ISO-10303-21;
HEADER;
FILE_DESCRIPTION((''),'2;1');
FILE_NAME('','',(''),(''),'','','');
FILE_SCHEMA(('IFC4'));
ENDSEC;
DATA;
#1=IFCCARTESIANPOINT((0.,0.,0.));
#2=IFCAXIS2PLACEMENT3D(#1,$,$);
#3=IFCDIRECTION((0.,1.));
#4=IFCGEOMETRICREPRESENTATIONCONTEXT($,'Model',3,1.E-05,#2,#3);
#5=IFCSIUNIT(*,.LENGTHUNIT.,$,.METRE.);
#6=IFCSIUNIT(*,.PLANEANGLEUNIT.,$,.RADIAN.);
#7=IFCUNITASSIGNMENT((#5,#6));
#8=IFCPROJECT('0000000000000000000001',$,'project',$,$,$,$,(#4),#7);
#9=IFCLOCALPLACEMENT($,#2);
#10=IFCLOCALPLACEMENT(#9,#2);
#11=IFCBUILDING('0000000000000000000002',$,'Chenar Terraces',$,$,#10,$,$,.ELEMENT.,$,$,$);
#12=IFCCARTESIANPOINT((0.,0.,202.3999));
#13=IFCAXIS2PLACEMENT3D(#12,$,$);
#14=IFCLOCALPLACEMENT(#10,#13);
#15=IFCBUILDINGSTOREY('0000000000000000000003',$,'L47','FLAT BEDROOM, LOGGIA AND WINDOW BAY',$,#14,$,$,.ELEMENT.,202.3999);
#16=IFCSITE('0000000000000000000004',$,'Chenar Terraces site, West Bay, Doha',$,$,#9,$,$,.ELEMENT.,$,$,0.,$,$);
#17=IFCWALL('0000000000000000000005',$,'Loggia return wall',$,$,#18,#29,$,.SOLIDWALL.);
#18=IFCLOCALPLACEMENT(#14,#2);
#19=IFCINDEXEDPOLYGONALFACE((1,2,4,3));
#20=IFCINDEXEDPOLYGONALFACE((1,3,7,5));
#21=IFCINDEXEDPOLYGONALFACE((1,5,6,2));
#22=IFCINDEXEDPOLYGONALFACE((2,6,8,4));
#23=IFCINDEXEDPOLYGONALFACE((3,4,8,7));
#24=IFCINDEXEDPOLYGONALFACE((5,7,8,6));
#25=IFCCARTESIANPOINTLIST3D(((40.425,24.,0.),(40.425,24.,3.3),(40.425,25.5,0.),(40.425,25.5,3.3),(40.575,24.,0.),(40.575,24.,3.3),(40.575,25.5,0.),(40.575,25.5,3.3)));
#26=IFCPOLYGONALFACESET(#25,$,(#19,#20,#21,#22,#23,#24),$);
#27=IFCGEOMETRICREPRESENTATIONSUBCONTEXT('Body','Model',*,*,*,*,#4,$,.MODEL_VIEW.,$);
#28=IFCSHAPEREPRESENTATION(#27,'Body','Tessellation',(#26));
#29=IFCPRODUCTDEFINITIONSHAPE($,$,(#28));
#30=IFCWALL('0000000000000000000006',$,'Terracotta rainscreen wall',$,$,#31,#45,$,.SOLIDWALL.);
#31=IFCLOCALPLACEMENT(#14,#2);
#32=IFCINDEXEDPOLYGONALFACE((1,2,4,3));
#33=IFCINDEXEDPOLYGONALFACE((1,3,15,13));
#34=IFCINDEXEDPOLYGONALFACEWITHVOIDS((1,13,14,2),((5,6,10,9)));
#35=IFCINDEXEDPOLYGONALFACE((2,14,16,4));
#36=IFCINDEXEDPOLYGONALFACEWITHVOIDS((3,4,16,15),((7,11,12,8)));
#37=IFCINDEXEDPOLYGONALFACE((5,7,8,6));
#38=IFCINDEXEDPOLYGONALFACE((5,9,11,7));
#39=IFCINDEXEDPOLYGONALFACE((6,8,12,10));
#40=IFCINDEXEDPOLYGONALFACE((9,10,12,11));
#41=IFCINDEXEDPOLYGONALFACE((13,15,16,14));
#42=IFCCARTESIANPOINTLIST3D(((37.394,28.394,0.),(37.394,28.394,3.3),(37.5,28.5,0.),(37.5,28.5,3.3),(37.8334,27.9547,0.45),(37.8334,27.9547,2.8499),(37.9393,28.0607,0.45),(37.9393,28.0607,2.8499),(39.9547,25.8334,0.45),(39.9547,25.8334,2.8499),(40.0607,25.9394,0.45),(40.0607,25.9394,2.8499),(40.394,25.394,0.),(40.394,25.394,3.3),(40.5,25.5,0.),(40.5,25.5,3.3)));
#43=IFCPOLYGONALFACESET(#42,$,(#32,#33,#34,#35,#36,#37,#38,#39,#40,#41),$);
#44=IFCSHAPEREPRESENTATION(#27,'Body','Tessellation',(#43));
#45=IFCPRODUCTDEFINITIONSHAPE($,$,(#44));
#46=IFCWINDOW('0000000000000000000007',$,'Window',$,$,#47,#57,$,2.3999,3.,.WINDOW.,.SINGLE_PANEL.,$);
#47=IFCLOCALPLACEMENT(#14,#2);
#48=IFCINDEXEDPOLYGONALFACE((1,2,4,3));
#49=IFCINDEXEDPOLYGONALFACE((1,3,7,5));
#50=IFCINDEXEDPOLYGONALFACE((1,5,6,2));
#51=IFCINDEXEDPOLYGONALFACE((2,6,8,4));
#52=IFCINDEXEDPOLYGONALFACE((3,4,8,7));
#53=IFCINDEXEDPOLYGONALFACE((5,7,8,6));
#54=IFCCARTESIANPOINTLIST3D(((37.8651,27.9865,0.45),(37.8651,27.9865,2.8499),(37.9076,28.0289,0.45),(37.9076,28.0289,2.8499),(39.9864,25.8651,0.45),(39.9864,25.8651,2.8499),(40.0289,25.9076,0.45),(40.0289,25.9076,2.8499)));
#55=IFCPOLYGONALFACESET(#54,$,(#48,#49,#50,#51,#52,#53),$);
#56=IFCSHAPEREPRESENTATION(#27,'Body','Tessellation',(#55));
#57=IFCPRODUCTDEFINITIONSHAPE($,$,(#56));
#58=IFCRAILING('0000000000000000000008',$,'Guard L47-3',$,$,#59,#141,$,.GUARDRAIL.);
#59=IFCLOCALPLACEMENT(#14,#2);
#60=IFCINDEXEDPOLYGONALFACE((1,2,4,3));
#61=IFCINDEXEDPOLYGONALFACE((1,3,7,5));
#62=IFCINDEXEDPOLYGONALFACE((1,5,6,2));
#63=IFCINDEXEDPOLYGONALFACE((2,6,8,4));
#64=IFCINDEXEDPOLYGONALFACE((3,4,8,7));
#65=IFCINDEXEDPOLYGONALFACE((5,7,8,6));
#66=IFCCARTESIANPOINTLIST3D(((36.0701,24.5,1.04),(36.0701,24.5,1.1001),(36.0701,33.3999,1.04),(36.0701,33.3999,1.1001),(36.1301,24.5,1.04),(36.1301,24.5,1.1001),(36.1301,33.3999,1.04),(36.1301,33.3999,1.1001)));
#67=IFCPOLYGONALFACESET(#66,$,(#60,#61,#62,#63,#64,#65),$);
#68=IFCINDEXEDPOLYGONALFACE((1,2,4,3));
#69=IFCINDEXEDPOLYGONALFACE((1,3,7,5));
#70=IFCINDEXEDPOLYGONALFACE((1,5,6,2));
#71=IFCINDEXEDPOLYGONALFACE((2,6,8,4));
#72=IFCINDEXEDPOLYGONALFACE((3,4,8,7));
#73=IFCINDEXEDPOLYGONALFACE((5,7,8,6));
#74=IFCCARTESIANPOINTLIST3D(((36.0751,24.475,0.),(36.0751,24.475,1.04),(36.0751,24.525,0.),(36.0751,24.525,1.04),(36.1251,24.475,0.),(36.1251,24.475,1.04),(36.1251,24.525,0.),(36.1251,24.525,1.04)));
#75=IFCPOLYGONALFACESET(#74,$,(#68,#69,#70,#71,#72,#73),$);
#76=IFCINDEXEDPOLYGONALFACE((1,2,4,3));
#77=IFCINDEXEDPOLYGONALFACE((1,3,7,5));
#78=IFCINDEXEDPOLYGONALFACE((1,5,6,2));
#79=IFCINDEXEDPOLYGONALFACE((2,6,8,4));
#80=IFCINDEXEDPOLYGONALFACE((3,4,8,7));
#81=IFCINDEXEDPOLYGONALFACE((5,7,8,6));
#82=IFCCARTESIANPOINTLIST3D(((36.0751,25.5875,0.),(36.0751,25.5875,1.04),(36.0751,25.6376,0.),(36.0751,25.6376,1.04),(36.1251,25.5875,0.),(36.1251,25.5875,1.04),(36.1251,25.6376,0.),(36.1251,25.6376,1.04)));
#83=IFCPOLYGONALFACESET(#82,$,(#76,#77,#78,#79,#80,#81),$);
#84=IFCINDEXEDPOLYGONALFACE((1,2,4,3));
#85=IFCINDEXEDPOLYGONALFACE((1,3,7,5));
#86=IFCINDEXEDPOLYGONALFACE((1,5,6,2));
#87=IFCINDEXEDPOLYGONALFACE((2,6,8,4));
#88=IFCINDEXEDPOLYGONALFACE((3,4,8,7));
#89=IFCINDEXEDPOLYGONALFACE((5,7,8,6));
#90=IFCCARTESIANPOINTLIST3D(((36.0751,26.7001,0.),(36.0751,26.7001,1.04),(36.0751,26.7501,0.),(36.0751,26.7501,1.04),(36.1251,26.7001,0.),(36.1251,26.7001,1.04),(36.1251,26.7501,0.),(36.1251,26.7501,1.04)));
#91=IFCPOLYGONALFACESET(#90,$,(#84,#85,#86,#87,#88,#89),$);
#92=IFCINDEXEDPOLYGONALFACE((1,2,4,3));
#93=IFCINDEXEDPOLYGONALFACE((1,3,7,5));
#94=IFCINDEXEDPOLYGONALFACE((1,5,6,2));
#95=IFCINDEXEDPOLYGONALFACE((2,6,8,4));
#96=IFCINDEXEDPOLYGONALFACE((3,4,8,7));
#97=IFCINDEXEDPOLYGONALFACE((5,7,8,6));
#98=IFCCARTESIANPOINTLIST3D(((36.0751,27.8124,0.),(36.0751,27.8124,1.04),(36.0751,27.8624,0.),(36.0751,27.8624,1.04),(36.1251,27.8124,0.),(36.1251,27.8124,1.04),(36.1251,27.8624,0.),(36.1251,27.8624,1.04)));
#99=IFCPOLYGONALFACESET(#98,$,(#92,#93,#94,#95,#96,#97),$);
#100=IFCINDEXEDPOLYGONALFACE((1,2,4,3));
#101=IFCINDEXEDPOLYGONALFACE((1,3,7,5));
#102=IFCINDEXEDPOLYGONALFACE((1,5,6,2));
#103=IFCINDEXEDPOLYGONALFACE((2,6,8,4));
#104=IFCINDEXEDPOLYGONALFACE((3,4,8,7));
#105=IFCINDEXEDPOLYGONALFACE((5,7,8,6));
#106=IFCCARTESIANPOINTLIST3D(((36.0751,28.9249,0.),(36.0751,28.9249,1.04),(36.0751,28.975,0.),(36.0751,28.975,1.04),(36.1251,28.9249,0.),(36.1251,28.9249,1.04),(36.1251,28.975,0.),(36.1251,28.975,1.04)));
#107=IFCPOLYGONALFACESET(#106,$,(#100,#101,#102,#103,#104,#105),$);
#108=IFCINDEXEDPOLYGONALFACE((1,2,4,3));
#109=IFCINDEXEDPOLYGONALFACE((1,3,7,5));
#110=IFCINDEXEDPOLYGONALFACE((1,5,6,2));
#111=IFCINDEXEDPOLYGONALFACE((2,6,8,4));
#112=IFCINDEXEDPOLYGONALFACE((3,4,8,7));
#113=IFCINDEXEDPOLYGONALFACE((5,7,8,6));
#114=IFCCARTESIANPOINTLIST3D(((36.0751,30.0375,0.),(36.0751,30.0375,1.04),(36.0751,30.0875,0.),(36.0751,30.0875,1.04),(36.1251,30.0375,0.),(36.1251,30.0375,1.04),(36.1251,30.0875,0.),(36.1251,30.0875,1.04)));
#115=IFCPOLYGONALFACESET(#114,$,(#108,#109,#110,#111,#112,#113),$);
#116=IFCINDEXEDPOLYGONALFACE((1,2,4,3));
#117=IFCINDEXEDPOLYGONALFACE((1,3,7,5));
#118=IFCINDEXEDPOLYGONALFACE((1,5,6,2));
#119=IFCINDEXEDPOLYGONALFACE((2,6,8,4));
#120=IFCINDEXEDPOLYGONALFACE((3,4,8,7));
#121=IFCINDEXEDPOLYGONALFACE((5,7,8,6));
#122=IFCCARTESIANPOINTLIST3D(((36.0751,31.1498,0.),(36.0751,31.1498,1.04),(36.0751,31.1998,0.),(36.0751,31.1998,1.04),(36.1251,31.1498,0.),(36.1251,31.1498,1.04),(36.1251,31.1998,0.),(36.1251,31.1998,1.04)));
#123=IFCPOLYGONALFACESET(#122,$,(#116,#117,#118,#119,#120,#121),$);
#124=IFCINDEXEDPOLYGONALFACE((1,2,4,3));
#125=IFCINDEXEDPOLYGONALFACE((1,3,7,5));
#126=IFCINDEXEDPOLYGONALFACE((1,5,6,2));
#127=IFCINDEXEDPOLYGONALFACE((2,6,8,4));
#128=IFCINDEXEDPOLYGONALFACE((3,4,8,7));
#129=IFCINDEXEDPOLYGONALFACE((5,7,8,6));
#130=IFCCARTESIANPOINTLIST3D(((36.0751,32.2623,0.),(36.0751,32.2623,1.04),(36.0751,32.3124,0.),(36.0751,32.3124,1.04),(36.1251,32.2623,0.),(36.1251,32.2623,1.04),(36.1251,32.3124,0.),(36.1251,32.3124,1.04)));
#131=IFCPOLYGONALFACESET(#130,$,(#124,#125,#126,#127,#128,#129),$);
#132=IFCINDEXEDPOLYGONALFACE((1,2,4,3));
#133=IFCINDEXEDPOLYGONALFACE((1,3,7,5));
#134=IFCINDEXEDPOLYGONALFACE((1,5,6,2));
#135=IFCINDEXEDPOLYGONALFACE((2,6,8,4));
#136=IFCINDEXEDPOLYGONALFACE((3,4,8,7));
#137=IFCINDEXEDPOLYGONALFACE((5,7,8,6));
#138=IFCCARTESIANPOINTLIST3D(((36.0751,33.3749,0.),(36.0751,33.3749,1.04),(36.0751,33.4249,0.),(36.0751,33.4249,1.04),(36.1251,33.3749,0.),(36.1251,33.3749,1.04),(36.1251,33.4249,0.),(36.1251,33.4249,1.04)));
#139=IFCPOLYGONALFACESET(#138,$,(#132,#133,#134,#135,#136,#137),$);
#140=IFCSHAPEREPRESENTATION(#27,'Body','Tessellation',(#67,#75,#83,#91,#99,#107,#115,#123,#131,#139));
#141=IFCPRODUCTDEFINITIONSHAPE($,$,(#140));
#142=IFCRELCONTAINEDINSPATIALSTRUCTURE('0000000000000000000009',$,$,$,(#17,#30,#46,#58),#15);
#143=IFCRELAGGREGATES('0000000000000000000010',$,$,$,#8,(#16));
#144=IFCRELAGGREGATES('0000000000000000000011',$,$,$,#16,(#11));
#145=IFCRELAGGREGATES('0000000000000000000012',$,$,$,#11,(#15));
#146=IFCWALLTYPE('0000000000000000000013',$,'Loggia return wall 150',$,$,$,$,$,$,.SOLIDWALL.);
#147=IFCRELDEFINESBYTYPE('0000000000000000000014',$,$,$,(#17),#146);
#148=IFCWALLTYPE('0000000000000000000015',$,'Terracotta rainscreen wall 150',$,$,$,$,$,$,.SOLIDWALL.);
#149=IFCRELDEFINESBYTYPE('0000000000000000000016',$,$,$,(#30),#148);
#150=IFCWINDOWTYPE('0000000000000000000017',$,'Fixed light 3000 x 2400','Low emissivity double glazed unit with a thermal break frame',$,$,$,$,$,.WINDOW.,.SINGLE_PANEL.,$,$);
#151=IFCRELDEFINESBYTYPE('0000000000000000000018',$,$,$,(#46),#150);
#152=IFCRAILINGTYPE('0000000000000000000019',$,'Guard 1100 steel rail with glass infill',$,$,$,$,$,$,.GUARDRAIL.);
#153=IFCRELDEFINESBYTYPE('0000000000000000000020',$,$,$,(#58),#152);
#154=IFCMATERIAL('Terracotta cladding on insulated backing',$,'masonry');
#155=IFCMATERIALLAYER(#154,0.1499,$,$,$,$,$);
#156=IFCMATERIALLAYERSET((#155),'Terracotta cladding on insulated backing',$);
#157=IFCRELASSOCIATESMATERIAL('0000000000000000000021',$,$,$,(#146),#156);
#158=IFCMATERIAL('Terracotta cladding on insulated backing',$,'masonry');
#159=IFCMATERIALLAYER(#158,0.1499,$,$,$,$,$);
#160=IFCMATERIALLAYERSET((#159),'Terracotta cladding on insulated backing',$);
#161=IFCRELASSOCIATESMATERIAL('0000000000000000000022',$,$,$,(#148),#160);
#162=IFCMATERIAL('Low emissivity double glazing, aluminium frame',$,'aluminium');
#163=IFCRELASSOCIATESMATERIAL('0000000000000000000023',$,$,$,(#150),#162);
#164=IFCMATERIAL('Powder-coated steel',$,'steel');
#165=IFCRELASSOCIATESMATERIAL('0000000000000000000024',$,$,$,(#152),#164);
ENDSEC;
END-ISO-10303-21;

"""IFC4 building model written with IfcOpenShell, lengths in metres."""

from ifc_helpers import new_model, si_unit, direction, frame, frame_2d, origin, origin_2d, place, context, subcontext, project, spatial, rectangle, extrude, material, layer, layer_set, type_object, element, fill, save


model = new_model("IFC4")

# Units and contexts
model_context = context("Model", 3, precision=1e-05, world=origin(), true_north=direction((0.0, 1.0)))
body_context = subcontext(model_context, "Body", "Model", "MODEL_VIEW")
ifc_project = project(units=[si_unit("LENGTHUNIT", "METRE"), si_unit("PLANEANGLEUNIT", "RADIAN")], contexts=[model_context])

# Site, building, storey
site_placement = place(None, origin())
site = spatial("IfcSite", under=ifc_project, at=site_placement, Name="Chenar Terraces site, West Bay, Doha", CompositionType="ELEMENT", RefElevation=0.0)
building_placement = place(site_placement, origin())
building = spatial("IfcBuilding", under=site, at=building_placement, Name="Chenar Terraces", CompositionType="ELEMENT")
storey_placement = place(building_placement, frame((0.0, 0.0, 202.3999)))
storey = spatial("IfcBuildingStorey", under=building, at=storey_placement, Name="L47", Description="FLAT BEDROOM, LOGGIA AND WINDOW BAY", CompositionType="ELEMENT", Elevation=202.3999)

# Wall
ifc_material_1 = material(Name="Terracotta cladding on insulated backing", Category="masonry")
ifc_layer_1 = layer(ifc_material_1, 0.1499)
ifc_layer_set_1 = layer_set([ifc_layer_1], Name="Terracotta cladding on insulated backing")
wall_type_1 = type_object("IfcWallType", Name="Loggia return wall 150", PredefinedType="SOLIDWALL", material=ifc_layer_set_1)
wall_1_placement = place(storey_placement, frame((40.5, 25.5, 0.0), z_axis=(0.0, 0.0, 1.0), x_axis=(0.0, -1.0, 0.0)))
element("IfcWall", 1, at=wall_1_placement, inside=storey, type_object=wall_type_1, Name="Loggia return wall", PredefinedType="SOLIDWALL", context=body_context, shape_type="SweptSolid", body=[
    extrude(rectangle(XDim=1.5, YDim=0.1499, at=frame_2d((0.75, 0.0))), origin(), (0.0, 0.0, 1.0), 3.3),
])

# Wall, opening, window
ifc_material_2 = material(Name="Terracotta cladding on insulated backing", Category="masonry")
ifc_layer_2 = layer(ifc_material_2, 0.1499)
ifc_layer_set_2 = layer_set([ifc_layer_2], Name="Terracotta cladding on insulated backing")
wall_type_2 = type_object("IfcWallType", Name="Terracotta rainscreen wall 150", PredefinedType="SOLIDWALL", material=ifc_layer_set_2)
wall_2_placement = place(storey_placement, frame((40.447, 25.447, 0.0), z_axis=(0.0, 0.0, 1.0), x_axis=(-0.707107, 0.707107, 0.0)))
wall_2 = element("IfcWall", 2, at=wall_2_placement, inside=storey, type_object=wall_type_2, Name="Terracotta rainscreen wall", PredefinedType="SOLIDWALL", context=body_context, shape_type="SweptSolid", body=[
    extrude(rectangle(XDim=4.2427, YDim=0.1499, at=frame_2d((2.1213, 0.0))), origin(), (0.0, 0.0, 1.0), 3.3),
])
opening_1_placement = place(wall_2_placement, frame((0.6213, 0.0, 0.45)))
opening_1 = element("IfcOpeningElement", 3, at=opening_1_placement, cuts=wall_2, PredefinedType="OPENING", context=body_context, shape_type="SweptSolid", body=[
    extrude(rectangle(XDim=3.0, YDim=2.3999, at=frame_2d((1.5, 1.2))), frame((0.0, 0.085, 0.0), z_axis=(0.0, -1.0, 0.0), x_axis=(1.0, 0.0, 0.0)), (0.0, 0.0, 1.0), 0.1699),
])
ifc_material_3 = material(Name="Low emissivity double glazing, aluminium frame", Category="aluminium")
window_type = type_object("IfcWindowType", Name="Fixed light 3000 x 2400", Description="Low emissivity double glazed unit with a thermal break frame", PartitioningType="SINGLE_PANEL", PredefinedType="WINDOW", material=ifc_material_3)
window_placement = place(opening_1_placement, origin())
window = element("IfcWindow", 4, at=window_placement, inside=storey, type_object=window_type, Name="Window", OverallHeight=2.3999, OverallWidth=3.0, PartitioningType="SINGLE_PANEL", PredefinedType="WINDOW", context=body_context, shape_type="SweptSolid", body=[
    extrude(rectangle(XDim=3.0, YDim=2.3999, at=frame_2d((1.5, 1.2))), frame((0.0, 0.03, 0.0), z_axis=(0.0, -1.0, 0.0), x_axis=(1.0, 0.0, 0.0)), (0.0, 0.0, 1.0), 0.0601),
])
fill(opening_1, window)

# Railing
ifc_material_4 = material(Name="Powder-coated steel", Category="steel")
railing_type = type_object("IfcRailingType", Name="Guard 1100 steel rail with glass infill", PredefinedType="GUARDRAIL", material=ifc_material_4)
railing_placement = place(storey_placement, frame((36.1001, 24.5, 0.0)))
element("IfcRailing", 5, at=railing_placement, inside=storey, type_object=railing_type, Name="Guard L47-3", PredefinedType="GUARDRAIL", context=body_context, shape_type="SweptSolid", body=[
    extrude(rectangle(XDim=0.0601, YDim=0.0601, at=origin_2d()), frame((0.0, 0.0, 1.0701), z_axis=(0.0, 1.0, 0.0), x_axis=(-1.0, 0.0, 0.0)), (0.0, 0.0, 1.0), 8.8999),
    extrude(rectangle(XDim=0.05, YDim=0.05, at=origin_2d()), origin(), (0.0, 0.0, 1.0), 1.04),
    extrude(rectangle(XDim=0.05, YDim=0.05, at=origin_2d()), frame((0.0, 1.1125, 0.0)), (0.0, 0.0, 1.0), 1.04),
    extrude(rectangle(XDim=0.05, YDim=0.05, at=origin_2d()), frame((0.0, 2.2251, 0.0)), (0.0, 0.0, 1.0), 1.04),
    extrude(rectangle(XDim=0.05, YDim=0.05, at=origin_2d()), frame((0.0, 3.3374, 0.0)), (0.0, 0.0, 1.0), 1.04),
    extrude(rectangle(XDim=0.05, YDim=0.05, at=origin_2d()), frame((0.0, 4.45, 0.0)), (0.0, 0.0, 1.0), 1.04),
    extrude(rectangle(XDim=0.05, YDim=0.05, at=origin_2d()), frame((0.0, 5.5625, 0.0)), (0.0, 0.0, 1.0), 1.04),
    extrude(rectangle(XDim=0.05, YDim=0.05, at=origin_2d()), frame((0.0, 6.6748, 0.0)), (0.0, 0.0, 1.0), 1.04),
    extrude(rectangle(XDim=0.05, YDim=0.05, at=origin_2d()), frame((0.0, 7.7874, 0.0)), (0.0, 0.0, 1.0), 1.04),
    extrude(rectangle(XDim=0.05, YDim=0.05, at=origin_2d()), frame((0.0, 8.8999, 0.0)), (0.0, 0.0, 1.0), 1.04),
])

save(model, "model.ifc")
